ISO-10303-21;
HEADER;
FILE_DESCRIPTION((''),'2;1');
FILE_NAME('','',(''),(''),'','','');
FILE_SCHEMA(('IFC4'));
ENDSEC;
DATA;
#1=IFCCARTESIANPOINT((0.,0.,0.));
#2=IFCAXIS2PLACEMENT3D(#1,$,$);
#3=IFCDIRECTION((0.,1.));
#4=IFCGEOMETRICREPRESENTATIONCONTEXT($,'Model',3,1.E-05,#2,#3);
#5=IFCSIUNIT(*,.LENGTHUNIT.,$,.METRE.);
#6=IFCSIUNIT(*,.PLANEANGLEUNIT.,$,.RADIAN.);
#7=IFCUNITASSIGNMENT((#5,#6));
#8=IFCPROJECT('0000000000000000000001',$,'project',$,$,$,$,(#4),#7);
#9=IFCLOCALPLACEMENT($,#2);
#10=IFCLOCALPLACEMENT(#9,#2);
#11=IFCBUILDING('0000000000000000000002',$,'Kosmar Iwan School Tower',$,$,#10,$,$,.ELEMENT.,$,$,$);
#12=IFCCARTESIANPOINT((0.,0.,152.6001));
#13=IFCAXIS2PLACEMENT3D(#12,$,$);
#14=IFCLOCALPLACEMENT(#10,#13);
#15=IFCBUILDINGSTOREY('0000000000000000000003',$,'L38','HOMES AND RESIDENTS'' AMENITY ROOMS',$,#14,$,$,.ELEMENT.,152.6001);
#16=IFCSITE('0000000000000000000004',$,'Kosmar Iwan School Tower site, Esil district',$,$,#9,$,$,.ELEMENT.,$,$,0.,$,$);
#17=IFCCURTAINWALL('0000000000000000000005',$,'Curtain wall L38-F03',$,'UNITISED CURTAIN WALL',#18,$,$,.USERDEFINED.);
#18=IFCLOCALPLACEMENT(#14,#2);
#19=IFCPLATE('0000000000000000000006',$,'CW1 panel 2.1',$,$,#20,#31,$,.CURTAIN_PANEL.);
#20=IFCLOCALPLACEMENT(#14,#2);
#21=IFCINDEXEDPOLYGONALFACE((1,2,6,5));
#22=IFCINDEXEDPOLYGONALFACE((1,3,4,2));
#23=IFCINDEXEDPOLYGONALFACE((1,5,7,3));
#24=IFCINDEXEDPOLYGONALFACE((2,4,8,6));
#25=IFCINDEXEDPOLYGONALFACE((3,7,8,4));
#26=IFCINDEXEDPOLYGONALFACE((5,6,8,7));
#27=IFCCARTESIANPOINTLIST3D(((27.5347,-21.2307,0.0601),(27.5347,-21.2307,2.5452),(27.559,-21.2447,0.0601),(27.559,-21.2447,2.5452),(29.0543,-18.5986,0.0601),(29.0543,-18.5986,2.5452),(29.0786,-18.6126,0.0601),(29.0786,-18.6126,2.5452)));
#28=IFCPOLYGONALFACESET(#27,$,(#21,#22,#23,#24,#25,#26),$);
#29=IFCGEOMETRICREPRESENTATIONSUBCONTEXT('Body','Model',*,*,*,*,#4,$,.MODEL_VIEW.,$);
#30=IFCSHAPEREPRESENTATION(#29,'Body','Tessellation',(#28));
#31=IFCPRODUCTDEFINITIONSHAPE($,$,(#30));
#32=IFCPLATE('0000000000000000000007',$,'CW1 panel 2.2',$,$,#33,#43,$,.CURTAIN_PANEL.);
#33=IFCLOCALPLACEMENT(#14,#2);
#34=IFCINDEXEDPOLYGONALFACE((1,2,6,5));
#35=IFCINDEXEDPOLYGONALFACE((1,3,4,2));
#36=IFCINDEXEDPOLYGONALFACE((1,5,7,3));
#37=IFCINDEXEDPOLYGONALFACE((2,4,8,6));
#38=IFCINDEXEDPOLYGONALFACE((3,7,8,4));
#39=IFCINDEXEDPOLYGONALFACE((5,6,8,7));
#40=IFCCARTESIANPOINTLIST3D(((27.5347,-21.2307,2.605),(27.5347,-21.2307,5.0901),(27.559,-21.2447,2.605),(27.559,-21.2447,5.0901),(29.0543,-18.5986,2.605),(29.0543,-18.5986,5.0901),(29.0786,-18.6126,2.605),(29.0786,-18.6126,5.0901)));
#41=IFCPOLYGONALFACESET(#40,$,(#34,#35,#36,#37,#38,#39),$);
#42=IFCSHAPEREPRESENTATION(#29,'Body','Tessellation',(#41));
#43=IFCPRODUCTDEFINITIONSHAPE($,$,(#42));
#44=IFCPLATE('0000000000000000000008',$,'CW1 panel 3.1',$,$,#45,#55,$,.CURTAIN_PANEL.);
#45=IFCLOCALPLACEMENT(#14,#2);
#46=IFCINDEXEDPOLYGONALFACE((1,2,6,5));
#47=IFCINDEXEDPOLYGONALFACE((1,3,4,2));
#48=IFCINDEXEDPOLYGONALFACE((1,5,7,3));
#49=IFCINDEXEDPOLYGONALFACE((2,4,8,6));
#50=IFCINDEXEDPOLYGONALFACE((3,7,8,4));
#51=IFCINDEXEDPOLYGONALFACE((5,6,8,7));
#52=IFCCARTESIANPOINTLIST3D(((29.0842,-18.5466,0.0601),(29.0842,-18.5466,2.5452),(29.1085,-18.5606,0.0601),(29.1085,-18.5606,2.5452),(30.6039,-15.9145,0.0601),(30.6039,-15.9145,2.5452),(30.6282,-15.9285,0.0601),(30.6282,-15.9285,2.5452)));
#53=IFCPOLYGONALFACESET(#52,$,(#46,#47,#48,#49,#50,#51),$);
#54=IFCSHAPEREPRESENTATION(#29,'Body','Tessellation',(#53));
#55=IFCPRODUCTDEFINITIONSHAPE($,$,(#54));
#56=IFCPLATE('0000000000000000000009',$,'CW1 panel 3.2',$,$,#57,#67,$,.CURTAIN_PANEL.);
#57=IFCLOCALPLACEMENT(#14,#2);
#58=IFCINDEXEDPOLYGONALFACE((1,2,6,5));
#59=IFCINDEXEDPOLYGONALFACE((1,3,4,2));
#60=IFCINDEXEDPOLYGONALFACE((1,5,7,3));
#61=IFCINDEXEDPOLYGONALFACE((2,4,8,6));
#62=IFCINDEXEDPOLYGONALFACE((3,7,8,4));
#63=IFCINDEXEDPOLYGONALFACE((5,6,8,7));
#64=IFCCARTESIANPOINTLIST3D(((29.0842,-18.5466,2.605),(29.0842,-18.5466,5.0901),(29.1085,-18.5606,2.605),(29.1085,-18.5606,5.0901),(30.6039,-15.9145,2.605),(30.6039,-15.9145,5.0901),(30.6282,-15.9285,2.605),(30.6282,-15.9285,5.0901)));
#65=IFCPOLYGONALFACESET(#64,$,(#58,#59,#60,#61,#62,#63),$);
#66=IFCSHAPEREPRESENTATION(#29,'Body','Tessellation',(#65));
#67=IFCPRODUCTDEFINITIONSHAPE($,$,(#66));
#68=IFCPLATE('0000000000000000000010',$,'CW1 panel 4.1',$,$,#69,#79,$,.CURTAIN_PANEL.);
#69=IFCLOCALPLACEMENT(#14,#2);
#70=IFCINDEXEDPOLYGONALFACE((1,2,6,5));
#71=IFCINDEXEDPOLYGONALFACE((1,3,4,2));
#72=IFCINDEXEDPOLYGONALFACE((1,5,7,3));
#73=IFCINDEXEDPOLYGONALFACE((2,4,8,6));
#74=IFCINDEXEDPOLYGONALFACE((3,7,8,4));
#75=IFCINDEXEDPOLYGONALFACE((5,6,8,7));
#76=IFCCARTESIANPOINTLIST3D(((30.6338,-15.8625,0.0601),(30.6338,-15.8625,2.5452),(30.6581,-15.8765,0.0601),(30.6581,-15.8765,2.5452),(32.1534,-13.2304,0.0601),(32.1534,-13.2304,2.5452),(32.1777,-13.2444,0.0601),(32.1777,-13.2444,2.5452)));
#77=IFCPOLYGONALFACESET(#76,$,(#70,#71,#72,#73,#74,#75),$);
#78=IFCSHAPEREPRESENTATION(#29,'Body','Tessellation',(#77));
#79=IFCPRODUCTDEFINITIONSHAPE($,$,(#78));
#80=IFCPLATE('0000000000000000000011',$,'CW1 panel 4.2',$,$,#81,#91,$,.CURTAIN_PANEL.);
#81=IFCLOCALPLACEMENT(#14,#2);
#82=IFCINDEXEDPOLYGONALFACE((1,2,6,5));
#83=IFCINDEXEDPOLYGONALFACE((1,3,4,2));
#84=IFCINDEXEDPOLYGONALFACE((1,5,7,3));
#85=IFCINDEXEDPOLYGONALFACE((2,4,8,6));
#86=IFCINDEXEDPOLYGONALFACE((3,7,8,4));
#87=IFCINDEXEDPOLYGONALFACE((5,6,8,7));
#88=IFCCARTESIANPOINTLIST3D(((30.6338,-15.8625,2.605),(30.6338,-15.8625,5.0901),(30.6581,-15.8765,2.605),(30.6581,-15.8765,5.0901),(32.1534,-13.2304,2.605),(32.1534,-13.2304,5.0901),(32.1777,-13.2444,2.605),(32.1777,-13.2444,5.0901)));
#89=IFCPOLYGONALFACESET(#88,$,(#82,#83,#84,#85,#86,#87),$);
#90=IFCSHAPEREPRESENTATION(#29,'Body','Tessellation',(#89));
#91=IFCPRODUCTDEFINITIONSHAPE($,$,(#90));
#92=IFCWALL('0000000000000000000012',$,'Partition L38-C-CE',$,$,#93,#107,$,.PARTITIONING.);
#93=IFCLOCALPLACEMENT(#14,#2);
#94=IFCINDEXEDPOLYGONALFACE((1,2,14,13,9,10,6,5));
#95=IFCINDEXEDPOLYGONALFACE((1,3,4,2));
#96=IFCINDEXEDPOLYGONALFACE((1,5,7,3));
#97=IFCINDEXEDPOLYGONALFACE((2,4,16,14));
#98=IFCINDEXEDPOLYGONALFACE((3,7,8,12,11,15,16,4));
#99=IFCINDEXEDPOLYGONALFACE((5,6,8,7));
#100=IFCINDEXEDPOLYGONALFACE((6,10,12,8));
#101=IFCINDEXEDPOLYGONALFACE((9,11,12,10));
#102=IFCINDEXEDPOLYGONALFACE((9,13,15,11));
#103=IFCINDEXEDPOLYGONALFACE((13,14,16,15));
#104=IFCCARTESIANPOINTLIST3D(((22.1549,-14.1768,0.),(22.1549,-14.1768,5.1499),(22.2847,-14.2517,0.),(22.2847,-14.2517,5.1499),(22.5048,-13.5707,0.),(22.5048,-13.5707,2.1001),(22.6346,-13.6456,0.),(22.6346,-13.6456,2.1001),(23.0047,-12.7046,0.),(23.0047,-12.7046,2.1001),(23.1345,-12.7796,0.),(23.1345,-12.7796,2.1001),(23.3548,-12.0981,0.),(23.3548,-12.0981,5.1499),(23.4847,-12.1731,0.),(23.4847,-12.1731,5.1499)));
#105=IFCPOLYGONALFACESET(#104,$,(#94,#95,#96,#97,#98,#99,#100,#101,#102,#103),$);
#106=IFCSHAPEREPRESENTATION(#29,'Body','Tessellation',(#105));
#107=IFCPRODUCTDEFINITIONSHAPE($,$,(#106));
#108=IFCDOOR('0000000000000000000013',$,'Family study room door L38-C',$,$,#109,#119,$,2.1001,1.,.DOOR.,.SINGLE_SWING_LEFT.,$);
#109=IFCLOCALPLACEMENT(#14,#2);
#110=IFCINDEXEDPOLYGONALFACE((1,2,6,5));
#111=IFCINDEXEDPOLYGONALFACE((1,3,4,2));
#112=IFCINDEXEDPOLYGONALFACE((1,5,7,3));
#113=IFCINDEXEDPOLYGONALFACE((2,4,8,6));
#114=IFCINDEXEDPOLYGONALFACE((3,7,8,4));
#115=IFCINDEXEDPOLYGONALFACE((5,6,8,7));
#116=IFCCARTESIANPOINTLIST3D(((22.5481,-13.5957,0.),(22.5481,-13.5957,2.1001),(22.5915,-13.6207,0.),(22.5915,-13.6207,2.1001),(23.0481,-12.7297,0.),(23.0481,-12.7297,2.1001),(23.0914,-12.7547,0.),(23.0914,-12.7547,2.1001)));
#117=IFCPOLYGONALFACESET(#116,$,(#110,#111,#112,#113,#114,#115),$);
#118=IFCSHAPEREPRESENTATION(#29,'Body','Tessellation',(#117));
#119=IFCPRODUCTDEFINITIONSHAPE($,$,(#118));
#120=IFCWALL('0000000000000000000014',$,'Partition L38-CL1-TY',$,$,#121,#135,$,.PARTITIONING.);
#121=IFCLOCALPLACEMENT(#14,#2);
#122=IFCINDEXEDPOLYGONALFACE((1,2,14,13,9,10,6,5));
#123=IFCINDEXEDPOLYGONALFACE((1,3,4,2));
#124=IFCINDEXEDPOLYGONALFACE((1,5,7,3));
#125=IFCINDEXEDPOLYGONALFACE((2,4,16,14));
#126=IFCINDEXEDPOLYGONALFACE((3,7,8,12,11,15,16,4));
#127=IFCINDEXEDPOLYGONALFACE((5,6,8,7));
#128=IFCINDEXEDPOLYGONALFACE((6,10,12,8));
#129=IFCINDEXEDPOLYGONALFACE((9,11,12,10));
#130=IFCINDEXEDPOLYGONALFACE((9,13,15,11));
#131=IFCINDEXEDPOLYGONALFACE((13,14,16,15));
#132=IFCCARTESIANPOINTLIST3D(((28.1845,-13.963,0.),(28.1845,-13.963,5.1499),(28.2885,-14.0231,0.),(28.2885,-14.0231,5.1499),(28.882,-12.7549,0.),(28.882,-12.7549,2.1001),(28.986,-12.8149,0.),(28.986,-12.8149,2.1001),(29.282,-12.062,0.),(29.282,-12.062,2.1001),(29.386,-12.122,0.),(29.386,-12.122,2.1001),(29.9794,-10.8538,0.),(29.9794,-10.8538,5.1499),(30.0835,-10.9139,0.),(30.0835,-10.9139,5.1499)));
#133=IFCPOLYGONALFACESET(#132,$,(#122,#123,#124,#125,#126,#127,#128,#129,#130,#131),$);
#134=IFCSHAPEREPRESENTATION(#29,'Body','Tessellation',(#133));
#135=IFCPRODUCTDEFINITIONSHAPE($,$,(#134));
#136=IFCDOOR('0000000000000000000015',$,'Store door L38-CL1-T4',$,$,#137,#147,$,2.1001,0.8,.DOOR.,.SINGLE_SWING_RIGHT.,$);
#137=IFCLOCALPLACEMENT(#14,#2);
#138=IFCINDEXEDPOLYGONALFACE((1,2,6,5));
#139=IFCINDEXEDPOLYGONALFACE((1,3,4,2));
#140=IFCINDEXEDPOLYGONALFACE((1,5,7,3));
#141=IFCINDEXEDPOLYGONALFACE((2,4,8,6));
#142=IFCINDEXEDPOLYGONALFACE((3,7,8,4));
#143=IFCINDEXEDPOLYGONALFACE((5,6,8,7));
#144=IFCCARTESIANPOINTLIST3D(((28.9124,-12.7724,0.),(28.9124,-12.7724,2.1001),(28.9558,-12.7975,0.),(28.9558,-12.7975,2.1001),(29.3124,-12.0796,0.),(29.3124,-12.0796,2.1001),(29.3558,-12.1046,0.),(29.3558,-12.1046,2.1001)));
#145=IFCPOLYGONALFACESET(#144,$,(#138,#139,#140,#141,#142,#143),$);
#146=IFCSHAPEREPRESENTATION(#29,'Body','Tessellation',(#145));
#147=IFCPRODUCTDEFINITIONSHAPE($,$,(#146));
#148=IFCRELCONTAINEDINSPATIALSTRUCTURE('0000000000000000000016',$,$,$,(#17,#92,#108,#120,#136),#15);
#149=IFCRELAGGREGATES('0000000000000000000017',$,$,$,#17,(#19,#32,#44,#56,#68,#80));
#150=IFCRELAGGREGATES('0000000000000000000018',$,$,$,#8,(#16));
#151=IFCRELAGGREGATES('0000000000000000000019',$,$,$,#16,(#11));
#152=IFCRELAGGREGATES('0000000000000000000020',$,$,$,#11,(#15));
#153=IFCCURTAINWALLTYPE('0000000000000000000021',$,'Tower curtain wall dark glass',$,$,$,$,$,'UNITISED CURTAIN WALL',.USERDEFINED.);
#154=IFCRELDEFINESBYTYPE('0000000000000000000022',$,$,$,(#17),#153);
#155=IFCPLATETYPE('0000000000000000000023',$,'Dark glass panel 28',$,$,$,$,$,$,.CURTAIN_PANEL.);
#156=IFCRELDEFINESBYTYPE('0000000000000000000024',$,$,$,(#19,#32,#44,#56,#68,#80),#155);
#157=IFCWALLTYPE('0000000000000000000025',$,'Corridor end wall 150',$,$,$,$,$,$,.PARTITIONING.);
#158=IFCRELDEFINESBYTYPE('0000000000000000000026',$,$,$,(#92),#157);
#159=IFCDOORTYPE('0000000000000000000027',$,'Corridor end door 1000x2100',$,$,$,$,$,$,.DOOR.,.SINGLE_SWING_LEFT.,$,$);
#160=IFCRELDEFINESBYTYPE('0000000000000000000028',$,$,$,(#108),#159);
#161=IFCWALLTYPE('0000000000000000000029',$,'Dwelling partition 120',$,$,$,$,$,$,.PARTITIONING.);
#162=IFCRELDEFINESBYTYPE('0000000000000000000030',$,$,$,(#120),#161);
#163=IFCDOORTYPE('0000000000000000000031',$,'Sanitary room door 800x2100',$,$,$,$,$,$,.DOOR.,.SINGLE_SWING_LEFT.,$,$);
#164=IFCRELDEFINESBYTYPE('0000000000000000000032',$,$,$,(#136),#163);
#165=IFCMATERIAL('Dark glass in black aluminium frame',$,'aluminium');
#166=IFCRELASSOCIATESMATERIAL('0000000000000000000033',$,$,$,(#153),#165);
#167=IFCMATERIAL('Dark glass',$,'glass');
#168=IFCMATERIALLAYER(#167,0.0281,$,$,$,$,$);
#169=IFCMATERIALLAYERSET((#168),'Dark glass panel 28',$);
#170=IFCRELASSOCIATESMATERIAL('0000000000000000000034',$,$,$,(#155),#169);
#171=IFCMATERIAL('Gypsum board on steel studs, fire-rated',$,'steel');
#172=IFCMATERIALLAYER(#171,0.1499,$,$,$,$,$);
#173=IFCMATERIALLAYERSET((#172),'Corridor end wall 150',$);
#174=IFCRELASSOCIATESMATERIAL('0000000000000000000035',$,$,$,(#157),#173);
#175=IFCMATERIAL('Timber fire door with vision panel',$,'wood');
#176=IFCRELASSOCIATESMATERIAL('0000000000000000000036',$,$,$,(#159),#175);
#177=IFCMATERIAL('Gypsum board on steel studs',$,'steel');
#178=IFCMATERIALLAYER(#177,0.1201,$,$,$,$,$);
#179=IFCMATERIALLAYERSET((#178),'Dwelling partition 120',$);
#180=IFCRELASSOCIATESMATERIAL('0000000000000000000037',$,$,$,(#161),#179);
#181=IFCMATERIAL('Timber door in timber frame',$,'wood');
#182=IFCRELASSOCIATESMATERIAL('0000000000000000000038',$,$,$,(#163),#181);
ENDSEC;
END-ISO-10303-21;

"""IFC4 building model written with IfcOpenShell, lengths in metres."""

from ifc_helpers import new_model, si_unit, direction, frame, frame_2d, origin, origin_2d, place, context, subcontext, project, spatial, rectangle, extrude, material, layer, layer_set, type_object, element, fill, aggregate, save


model = new_model("IFC4")

# Units and contexts
model_context = context("Model", 3, precision=1e-05, world=origin(), true_north=direction((0.0, 1.0)))
body_context = subcontext(model_context, "Body", "Model", "MODEL_VIEW")
ifc_project = project(units=[si_unit("LENGTHUNIT", "METRE"), si_unit("PLANEANGLEUNIT", "RADIAN")], contexts=[model_context])

# Site, building, storey
site_placement = place(None, origin())
site = spatial("IfcSite", under=ifc_project, at=site_placement, Name="Kosmar Iwan School Tower site, Esil district", CompositionType="ELEMENT", RefElevation=0.0)
building_placement = place(site_placement, origin())
building = spatial("IfcBuilding", under=site, at=building_placement, Name="Kosmar Iwan School Tower", CompositionType="ELEMENT")
storey_placement = place(building_placement, frame((0.0, 0.0, 152.6001)))
storey = spatial("IfcBuildingStorey", under=building, at=storey_placement, Name="L38", Description="HOMES AND RESIDENTS' AMENITY ROOMS", CompositionType="ELEMENT", Elevation=152.6001)

# Curtain wall, plates
ifc_material_1 = material(Name="Dark glass in black aluminium frame", Category="aluminium")
curtain_wall_type = type_object("IfcCurtainWallType", Name="Tower curtain wall dark glass", ElementType="UNITISED CURTAIN WALL", PredefinedType="USERDEFINED", material=ifc_material_1)
curtain_wall_placement = place(storey_placement, origin())
curtain_wall = element("IfcCurtainWall", 1, at=curtain_wall_placement, inside=storey, type_object=curtain_wall_type, Name="Curtain wall L38-F03", ObjectType="UNITISED CURTAIN WALL", PredefinedType="USERDEFINED")
ifc_material_2 = material(Name="Dark glass", Category="glass")
ifc_layer_1 = layer(ifc_material_2, 0.0281)
ifc_layer_set_1 = layer_set([ifc_layer_1], Name="Dark glass panel 28")
plate_type = type_object("IfcPlateType", Name="Dark glass panel 28", PredefinedType="CURTAIN_PANEL", material=ifc_layer_set_1)
plate_1_placement = place(storey_placement, frame((28.3066, -19.9216, 0.0601), z_axis=(0.0, 0.0, 1.0), x_axis=(0.5, 0.866025, 0.0)))
plate_1 = element("IfcPlate", 2, at=plate_1_placement, type_object=plate_type, Name="CW1 panel 2.1", PredefinedType="CURTAIN_PANEL", context=body_context, shape_type="SweptSolid", body=[
    extrude(rectangle(XDim=3.0393, YDim=0.0281, at=origin_2d()), origin(), (0.0, 0.0, 1.0), 2.4851),
])
plate_2_placement = place(storey_placement, frame((28.3066, -19.9216, 2.605), z_axis=(0.0, 0.0, 1.0), x_axis=(0.5, 0.866025, 0.0)))
plate_2 = element("IfcPlate", 3, at=plate_2_placement, type_object=plate_type, Name="CW1 panel 2.2", PredefinedType="CURTAIN_PANEL", context=body_context, shape_type="SweptSolid", body=[
    extrude(rectangle(XDim=3.0393, YDim=0.0281, at=origin_2d()), origin(), (0.0, 0.0, 1.0), 2.4851),
])
plate_3_placement = place(storey_placement, frame((29.8562, -17.2375, 0.0601), z_axis=(0.0, 0.0, 1.0), x_axis=(0.5, 0.866025, 0.0)))
plate_3 = element("IfcPlate", 4, at=plate_3_placement, type_object=plate_type, Name="CW1 panel 3.1", PredefinedType="CURTAIN_PANEL", context=body_context, shape_type="SweptSolid", body=[
    extrude(rectangle(XDim=3.0393, YDim=0.0281, at=origin_2d()), origin(), (0.0, 0.0, 1.0), 2.4851),
])
plate_4_placement = place(storey_placement, frame((29.8562, -17.2375, 2.605), z_axis=(0.0, 0.0, 1.0), x_axis=(0.5, 0.866025, 0.0)))
plate_4 = element("IfcPlate", 5, at=plate_4_placement, type_object=plate_type, Name="CW1 panel 3.2", PredefinedType="CURTAIN_PANEL", context=body_context, shape_type="SweptSolid", body=[
    extrude(rectangle(XDim=3.0393, YDim=0.0281, at=origin_2d()), origin(), (0.0, 0.0, 1.0), 2.4851),
])
plate_5_placement = place(storey_placement, frame((31.4058, -14.5535, 0.0601), z_axis=(0.0, 0.0, 1.0), x_axis=(0.5, 0.866025, 0.0)))
plate_5 = element("IfcPlate", 6, at=plate_5_placement, type_object=plate_type, Name="CW1 panel 4.1", PredefinedType="CURTAIN_PANEL", context=body_context, shape_type="SweptSolid", body=[
    extrude(rectangle(XDim=3.0393, YDim=0.0281, at=origin_2d()), origin(), (0.0, 0.0, 1.0), 2.4851),
])
plate_6_placement = place(storey_placement, frame((31.4058, -14.5535, 2.605), z_axis=(0.0, 0.0, 1.0), x_axis=(0.5, 0.866025, 0.0)))
plate_6 = element("IfcPlate", 7, at=plate_6_placement, type_object=plate_type, Name="CW1 panel 4.2", PredefinedType="CURTAIN_PANEL", context=body_context, shape_type="SweptSolid", body=[
    extrude(rectangle(XDim=3.0393, YDim=0.0281, at=origin_2d()), origin(), (0.0, 0.0, 1.0), 2.4851),
])
aggregate(curtain_wall, [plate_1, plate_2, plate_3, plate_4, plate_5, plate_6])

# Walls, openings, doors
ifc_material_3 = material(Name="Gypsum board on steel studs, fire-rated", Category="steel")
ifc_layer_2 = layer(ifc_material_3, 0.1499)
ifc_layer_set_2 = layer_set([ifc_layer_2], Name="Corridor end wall 150")
wall_type_1 = type_object("IfcWallType", Name="Corridor end wall 150", PredefinedType="PARTITIONING", material=ifc_layer_set_2)
wall_1_placement = place(storey_placement, frame((22.2197, -14.2144, 0.0), z_axis=(0.0, 0.0, 1.0), x_axis=(0.499957, 0.86605, 0.0)))
wall_1 = element("IfcWall", 8, at=wall_1_placement, inside=storey, type_object=wall_type_1, Name="Partition L38-C-CE", PredefinedType="PARTITIONING", context=body_context, shape_type="SweptSolid", body=[
    extrude(rectangle(XDim=2.4001, YDim=0.1499, at=frame_2d((1.2002, 0.0))), origin(), (0.0, 0.0, 1.0), 5.1499),
])
opening_1_placement = place(wall_1_placement, frame((0.7, 0.0, 0.0)))
opening_1 = element("IfcOpeningElement", 9, at=opening_1_placement, cuts=wall_1, PredefinedType="OPENING", context=body_context, shape_type="SweptSolid", body=[
    extrude(rectangle(XDim=1.0, YDim=2.1001, at=frame_2d((0.5, 1.05))), frame((0.0, 0.0869, 0.0), z_axis=(0.0, -1.0, 0.0), x_axis=(1.0, 0.0, 0.0)), (0.0, 0.0, 1.0), 0.1738),
])
ifc_material_4 = material(Name="Timber fire door with vision panel", Category="wood")
door_type_1 = type_object("IfcDoorType", Name="Corridor end door 1000x2100", OperationType="SINGLE_SWING_LEFT", PredefinedType="DOOR", material=ifc_material_4)
door_1_placement = place(opening_1_placement, origin())
door_1 = element("IfcDoor", 10, at=door_1_placement, inside=storey, type_object=door_type_1, Name="Family study room door L38-C", OperationType="SINGLE_SWING_LEFT", OverallHeight=2.1001, OverallWidth=1.0, PredefinedType="DOOR", context=body_context, shape_type="SweptSolid", body=[
    extrude(rectangle(XDim=1.0, YDim=2.1001, at=frame_2d((0.5, 1.05))), frame((0.0, 0.0249, 0.0), z_axis=(0.0, -1.0, 0.0), x_axis=(1.0, 0.0, 0.0)), (0.0, 0.0, 1.0), 0.05),
])
fill(opening_1, door_1)
ifc_material_5 = material(Name="Gypsum board on steel studs", Category="steel")
ifc_layer_3 = layer(ifc_material_5, 0.1201)
ifc_layer_set_3 = layer_set([ifc_layer_3], Name="Dwelling partition 120")
wall_type_2 = type_object("IfcWallType", Name="Dwelling partition 120", PredefinedType="PARTITIONING", material=ifc_layer_set_3)
wall_2_placement = place(storey_placement, frame((28.2366, -13.9929, 0.0), z_axis=(0.0, 0.0, 1.0), x_axis=(0.499972, 0.866042, 0.0)))
wall_2 = element("IfcWall", 11, at=wall_2_placement, inside=storey, type_object=wall_type_2, Name="Partition L38-CL1-TY", PredefinedType="PARTITIONING", context=body_context, shape_type="SweptSolid", body=[
    extrude(rectangle(XDim=3.5901, YDim=0.1201, at=frame_2d((1.7949, 0.0))), origin(), (0.0, 0.0, 1.0), 5.1499),
])
opening_2_placement = place(wall_2_placement, frame((1.395, 0.0, 0.0)))
opening_2 = element("IfcOpeningElement", 12, at=opening_2_placement, cuts=wall_2, PredefinedType="OPENING", context=body_context, shape_type="SweptSolid", body=[
    extrude(rectangle(XDim=0.8, YDim=2.1001, at=frame_2d((0.3999, 1.05))), frame((0.0, 0.072, 0.0), z_axis=(0.0, -1.0, 0.0), x_axis=(1.0, 0.0, 0.0)), (0.0, 0.0, 1.0), 0.144),
])
ifc_material_6 = material(Name="Timber door in timber frame", Category="wood")
door_type_2 = type_object("IfcDoorType", Name="Sanitary room door 800x2100", OperationType="SINGLE_SWING_LEFT", PredefinedType="DOOR", material=ifc_material_6)
door_2_placement = place(opening_2_placement, origin())
door_2 = element("IfcDoor", 13, at=door_2_placement, inside=storey, type_object=door_type_2, Name="Store door L38-CL1-T4", OperationType="SINGLE_SWING_RIGHT", OverallHeight=2.1001, OverallWidth=0.8, PredefinedType="DOOR", context=body_context, shape_type="SweptSolid", body=[
    extrude(rectangle(XDim=0.8, YDim=2.1001, at=frame_2d((0.3999, 1.05))), frame((0.0, 0.0249, 0.0), z_axis=(0.0, -1.0, 0.0), x_axis=(1.0, 0.0, 0.0)), (0.0, 0.0, 1.0), 0.05),
])
fill(opening_2, door_2)

save(model, "model.ifc")
